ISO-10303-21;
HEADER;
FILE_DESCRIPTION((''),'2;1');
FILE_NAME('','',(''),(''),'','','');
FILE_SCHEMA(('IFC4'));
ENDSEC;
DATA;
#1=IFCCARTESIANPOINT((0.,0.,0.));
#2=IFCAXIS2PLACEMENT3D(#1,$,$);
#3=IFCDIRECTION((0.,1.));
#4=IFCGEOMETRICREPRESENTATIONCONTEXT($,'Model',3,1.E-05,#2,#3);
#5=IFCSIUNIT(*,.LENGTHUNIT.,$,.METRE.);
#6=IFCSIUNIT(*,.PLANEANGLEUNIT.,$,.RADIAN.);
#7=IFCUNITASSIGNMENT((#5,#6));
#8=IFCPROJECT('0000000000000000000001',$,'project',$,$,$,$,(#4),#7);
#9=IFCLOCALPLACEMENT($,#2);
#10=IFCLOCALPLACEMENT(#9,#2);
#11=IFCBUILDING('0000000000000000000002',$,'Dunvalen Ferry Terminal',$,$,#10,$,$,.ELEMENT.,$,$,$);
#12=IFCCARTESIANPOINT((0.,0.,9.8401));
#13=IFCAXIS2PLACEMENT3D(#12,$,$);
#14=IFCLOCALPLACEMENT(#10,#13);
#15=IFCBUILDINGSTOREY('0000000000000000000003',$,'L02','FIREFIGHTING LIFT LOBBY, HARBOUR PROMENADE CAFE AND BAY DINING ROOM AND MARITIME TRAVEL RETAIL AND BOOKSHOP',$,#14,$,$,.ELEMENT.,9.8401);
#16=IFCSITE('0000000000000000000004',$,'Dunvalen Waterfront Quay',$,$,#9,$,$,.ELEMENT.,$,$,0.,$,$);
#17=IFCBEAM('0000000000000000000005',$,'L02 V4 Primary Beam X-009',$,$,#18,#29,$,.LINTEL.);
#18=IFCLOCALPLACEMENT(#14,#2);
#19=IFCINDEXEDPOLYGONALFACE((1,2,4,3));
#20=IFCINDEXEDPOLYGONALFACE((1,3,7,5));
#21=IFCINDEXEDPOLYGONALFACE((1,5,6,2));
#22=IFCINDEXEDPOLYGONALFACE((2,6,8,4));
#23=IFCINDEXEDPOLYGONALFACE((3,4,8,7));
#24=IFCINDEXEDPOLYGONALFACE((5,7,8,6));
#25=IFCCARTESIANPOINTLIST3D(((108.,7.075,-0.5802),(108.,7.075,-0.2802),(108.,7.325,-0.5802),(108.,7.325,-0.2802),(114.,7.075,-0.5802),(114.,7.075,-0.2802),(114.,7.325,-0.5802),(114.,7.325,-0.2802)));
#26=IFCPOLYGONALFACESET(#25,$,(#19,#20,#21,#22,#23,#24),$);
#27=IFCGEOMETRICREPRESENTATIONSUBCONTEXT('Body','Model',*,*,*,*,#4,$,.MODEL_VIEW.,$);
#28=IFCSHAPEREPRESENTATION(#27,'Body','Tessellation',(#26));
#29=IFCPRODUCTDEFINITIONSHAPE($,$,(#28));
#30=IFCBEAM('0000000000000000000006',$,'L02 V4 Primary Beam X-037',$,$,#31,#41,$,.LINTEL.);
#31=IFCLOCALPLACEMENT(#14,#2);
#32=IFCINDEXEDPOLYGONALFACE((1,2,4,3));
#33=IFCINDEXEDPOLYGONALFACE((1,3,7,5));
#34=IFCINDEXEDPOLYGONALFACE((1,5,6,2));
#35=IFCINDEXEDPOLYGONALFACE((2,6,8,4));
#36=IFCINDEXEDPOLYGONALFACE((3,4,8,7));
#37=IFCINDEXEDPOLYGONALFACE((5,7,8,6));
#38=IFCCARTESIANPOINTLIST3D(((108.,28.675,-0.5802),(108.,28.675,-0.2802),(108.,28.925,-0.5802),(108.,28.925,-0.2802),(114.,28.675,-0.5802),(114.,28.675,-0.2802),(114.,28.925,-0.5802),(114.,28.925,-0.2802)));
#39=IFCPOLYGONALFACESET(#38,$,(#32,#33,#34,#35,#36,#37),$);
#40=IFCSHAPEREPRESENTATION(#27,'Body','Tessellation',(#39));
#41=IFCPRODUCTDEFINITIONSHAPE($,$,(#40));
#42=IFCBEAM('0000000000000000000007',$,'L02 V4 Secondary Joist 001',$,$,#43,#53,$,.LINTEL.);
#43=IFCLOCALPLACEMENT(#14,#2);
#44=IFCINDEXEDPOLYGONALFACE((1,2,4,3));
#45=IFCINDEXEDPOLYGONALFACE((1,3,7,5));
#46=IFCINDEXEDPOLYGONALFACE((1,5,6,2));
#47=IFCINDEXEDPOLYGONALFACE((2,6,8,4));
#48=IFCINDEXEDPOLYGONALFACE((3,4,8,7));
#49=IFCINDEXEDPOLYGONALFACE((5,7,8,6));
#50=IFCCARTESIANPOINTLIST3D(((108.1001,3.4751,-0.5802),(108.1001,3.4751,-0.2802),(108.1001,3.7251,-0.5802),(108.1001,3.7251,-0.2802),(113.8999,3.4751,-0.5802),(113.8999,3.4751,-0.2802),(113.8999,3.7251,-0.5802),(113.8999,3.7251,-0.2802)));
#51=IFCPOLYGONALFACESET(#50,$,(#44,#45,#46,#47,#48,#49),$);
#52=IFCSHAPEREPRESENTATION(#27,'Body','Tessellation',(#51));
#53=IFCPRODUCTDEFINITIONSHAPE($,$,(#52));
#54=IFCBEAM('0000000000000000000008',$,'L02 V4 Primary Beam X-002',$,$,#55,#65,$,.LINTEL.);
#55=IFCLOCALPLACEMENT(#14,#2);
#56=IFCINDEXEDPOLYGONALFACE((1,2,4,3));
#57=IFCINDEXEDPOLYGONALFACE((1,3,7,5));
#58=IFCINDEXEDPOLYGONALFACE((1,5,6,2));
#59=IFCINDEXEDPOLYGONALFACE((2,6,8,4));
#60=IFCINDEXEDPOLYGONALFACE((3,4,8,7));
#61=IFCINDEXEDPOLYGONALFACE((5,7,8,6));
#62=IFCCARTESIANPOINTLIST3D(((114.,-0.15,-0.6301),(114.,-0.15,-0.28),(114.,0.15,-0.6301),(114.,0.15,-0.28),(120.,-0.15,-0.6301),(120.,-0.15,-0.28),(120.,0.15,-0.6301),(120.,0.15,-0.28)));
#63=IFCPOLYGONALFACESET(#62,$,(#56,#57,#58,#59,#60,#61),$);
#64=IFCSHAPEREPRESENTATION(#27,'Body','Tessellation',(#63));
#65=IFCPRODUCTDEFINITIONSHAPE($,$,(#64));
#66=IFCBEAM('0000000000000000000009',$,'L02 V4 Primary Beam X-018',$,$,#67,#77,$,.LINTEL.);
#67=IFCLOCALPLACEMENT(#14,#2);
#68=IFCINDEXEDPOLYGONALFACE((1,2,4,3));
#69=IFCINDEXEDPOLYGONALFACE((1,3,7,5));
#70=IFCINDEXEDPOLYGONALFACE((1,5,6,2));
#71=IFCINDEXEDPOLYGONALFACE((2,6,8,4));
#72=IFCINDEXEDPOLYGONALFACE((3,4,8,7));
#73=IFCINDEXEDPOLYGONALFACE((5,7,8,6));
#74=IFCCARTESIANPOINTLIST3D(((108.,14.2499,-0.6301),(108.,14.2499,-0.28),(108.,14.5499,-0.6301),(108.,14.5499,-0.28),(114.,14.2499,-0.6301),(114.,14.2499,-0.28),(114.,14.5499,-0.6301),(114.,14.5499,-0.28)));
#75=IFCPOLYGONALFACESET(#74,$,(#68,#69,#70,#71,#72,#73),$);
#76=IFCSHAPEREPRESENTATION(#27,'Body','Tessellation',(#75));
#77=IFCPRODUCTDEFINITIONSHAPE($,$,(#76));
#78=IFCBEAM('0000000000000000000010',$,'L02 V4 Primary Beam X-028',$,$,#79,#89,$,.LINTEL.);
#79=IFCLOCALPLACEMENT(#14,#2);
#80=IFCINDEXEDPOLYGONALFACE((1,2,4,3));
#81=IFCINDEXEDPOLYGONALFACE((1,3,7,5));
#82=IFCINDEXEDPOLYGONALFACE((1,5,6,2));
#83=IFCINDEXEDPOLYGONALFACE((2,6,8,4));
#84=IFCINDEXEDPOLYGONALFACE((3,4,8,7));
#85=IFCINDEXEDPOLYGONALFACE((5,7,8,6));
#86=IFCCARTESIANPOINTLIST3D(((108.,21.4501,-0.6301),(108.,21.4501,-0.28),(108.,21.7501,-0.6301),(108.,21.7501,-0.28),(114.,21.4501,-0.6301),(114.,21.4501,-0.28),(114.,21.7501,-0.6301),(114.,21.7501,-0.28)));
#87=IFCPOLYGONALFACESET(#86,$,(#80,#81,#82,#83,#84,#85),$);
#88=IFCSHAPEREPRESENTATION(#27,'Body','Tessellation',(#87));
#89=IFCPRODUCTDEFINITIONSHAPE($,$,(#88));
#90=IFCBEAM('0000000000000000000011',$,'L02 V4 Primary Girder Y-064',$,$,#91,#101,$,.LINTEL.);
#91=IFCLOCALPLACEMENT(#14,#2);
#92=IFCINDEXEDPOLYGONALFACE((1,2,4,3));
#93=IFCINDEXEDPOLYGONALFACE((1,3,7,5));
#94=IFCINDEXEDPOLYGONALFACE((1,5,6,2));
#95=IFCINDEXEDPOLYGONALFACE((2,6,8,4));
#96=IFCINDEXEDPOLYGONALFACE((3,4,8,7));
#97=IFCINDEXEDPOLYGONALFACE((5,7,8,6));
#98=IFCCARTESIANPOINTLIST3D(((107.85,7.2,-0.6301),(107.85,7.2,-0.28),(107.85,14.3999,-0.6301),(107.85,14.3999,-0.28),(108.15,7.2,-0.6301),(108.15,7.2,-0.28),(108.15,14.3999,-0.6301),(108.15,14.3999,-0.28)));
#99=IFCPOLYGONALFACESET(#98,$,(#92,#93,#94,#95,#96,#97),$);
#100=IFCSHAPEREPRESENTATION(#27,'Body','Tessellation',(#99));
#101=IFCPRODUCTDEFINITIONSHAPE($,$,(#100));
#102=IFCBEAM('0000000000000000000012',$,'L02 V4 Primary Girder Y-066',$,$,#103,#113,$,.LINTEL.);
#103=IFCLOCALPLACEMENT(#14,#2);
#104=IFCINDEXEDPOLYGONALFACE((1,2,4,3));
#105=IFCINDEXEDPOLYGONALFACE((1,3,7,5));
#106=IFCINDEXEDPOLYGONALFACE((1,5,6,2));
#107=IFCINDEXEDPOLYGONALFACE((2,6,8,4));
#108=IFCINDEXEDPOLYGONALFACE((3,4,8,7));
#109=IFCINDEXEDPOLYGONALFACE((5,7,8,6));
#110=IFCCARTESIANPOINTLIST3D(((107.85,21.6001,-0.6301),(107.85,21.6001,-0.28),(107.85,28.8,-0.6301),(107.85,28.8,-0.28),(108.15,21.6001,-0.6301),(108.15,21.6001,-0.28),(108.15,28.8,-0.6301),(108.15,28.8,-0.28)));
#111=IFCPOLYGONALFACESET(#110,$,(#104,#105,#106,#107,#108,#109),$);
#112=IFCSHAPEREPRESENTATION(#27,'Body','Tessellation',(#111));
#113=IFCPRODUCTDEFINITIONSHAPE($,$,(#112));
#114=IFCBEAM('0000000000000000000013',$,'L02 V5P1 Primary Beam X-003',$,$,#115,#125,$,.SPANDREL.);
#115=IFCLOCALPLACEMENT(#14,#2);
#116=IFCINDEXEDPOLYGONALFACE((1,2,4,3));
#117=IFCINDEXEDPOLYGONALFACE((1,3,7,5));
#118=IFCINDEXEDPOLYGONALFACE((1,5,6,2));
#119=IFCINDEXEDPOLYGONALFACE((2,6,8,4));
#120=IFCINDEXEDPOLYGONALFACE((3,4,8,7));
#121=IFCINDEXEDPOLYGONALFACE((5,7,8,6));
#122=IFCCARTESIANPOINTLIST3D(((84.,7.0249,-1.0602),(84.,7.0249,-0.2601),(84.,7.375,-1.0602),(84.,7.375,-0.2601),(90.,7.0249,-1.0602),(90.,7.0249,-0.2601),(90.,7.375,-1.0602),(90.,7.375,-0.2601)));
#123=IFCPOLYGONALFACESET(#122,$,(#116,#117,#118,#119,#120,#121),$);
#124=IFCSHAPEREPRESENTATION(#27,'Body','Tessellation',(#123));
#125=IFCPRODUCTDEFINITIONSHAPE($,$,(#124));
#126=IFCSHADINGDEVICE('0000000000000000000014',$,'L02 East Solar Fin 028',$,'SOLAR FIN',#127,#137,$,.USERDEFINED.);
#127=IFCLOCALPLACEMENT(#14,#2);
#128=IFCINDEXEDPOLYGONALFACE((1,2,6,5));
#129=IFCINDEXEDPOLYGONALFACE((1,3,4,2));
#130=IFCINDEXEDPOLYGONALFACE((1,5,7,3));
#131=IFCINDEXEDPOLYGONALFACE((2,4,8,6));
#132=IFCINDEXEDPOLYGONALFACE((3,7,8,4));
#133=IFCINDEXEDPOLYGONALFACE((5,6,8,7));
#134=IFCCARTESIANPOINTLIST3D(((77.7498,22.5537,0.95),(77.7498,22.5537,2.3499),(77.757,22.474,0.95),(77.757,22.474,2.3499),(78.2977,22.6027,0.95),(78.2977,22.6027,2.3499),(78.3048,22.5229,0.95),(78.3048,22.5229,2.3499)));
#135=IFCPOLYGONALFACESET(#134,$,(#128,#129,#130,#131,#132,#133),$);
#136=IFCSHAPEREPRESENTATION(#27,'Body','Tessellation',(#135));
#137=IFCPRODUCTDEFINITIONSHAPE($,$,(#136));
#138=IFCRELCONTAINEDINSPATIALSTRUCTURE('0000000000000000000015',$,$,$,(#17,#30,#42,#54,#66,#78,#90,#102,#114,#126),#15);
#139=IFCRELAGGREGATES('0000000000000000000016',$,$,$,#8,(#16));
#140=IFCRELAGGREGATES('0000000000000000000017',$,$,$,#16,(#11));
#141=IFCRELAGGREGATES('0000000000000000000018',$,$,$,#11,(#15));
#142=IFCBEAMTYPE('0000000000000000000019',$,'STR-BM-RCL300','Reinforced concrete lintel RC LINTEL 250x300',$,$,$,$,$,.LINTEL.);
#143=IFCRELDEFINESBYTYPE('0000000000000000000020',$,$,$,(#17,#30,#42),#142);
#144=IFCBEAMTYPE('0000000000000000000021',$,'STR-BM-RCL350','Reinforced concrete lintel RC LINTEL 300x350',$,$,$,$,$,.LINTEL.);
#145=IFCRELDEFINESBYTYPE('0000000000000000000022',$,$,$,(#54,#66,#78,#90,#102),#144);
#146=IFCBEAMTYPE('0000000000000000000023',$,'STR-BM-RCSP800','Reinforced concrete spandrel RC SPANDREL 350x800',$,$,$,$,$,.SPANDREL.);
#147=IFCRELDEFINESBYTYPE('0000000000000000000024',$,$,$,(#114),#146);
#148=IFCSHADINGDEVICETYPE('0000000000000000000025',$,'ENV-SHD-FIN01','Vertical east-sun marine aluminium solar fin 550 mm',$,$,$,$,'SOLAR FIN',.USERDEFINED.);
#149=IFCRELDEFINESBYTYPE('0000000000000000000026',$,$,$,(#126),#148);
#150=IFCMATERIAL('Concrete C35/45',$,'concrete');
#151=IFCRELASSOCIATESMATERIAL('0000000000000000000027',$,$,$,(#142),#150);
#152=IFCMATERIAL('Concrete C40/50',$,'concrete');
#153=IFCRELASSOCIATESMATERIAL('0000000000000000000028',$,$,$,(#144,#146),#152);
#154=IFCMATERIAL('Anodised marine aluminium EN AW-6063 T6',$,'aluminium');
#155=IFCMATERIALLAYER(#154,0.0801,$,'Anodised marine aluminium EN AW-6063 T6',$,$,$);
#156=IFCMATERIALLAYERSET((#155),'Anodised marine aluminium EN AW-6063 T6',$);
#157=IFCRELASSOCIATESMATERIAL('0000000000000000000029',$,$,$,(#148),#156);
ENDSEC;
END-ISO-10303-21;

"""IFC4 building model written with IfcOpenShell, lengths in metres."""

from ifc_helpers import new_model, si_unit, direction, frame, origin, origin_2d, place, context, subcontext, project, spatial, rectangle, extrude, material, layer, layer_set, material_profile, profile_set, type_object, element, save


model = new_model("IFC4")

# Units and contexts
model_context = context("Model", 3, precision=1e-05, world=origin(), true_north=direction((0.0, 1.0)))
body_context = subcontext(model_context, "Body", "Model", "MODEL_VIEW")
ifc_project = project(units=[si_unit("LENGTHUNIT", "METRE"), si_unit("PLANEANGLEUNIT", "RADIAN")], contexts=[model_context])

# Site, building, storey
site_placement = place(None, origin())
site = spatial("IfcSite", under=ifc_project, at=site_placement, Name="Dunvalen Waterfront Quay", CompositionType="ELEMENT", RefElevation=0.0)
building_placement = place(site_placement, origin())
building = spatial("IfcBuilding", under=site, at=building_placement, Name="Dunvalen Ferry Terminal", CompositionType="ELEMENT")
storey_placement = place(building_placement, frame((0.0, 0.0, 9.8401)))
storey = spatial("IfcBuildingStorey", under=building, at=storey_placement, Name="L02", Description="FIREFIGHTING LIFT LOBBY, HARBOUR PROMENADE CAFE AND BAY DINING ROOM AND MARITIME TRAVEL RETAIL AND BOOKSHOP", CompositionType="ELEMENT", Elevation=9.8401)

# Beams
ifc_material_1 = material(Name="Concrete C35/45", Category="concrete")
ifc_material_2 = material(Name="Concrete C40/50", Category="concrete")
ifc_material_profile_1 = material_profile(ifc_material_1, rectangle(XDim=0.25, YDim=0.3, at=origin_2d()), Name="Concrete C35/45")
ifc_profile_set_1 = profile_set([ifc_material_profile_1], Name="Concrete C35/45")
beam_type_1 = type_object("IfcBeamType", Name="STR-BM-RCL300", Description="Reinforced concrete lintel RC LINTEL 250x300", PredefinedType="LINTEL", material=ifc_profile_set_1)
for number, where, z_axis, x_axis, name in (
    (1, (108.0, 7.2, -0.4302), (1.0, 0.0, 0.0), (0.0, 1.0, 0.0), "L02 V4 Primary Beam X-009"),
    (2, (108.0, 28.8, -0.4302), (1.0, 0.0, 0.0), (0.0, 1.0, 0.0), "L02 V4 Primary Beam X-037"),
):
    element("IfcBeam", number, at=place(storey_placement, frame(where, z_axis=z_axis, x_axis=x_axis)), inside=storey, type_object=beam_type_1, Name=name, PredefinedType="LINTEL", context=body_context, shape_type="SweptSolid", body=[
        extrude(rectangle(XDim=0.25, YDim=0.3, at=origin_2d()), origin(), (0.0, 0.0, 1.0), 6.0),
    ])
beam_1_placement = place(storey_placement, frame((108.1001, 3.6001, -0.4302), z_axis=(1.0, 0.0, 0.0), x_axis=(0.0, 1.0, 0.0)))
element("IfcBeam", 3, at=beam_1_placement, inside=storey, type_object=beam_type_1, Name="L02 V4 Secondary Joist 001", PredefinedType="LINTEL", context=body_context, shape_type="SweptSolid", body=[
    extrude(rectangle(XDim=0.25, YDim=0.3, at=origin_2d()), origin(), (0.0, 0.0, 1.0), 5.7998),
])
ifc_material_profile_2 = material_profile(ifc_material_2, rectangle(XDim=0.3, YDim=0.3501, at=origin_2d()), Name="Concrete C40/50")
ifc_profile_set_2 = profile_set([ifc_material_profile_2], Name="Concrete C40/50")
beam_type_2 = type_object("IfcBeamType", Name="STR-BM-RCL350", Description="Reinforced concrete lintel RC LINTEL 300x350", PredefinedType="LINTEL", material=ifc_profile_set_2)
for number, where, z_axis, x_axis, name in (
    (4, (114.0, 0.0, -0.4551), (1.0, 0.0, 0.0), (0.0, 1.0, 0.0), "L02 V4 Primary Beam X-002"),
    (5, (108.0, 14.3999, -0.4551), (1.0, 0.0, 0.0), (0.0, 1.0, 0.0), "L02 V4 Primary Beam X-018"),
    (6, (108.0, 21.6001, -0.4551), (1.0, 0.0, 0.0), (0.0, 1.0, 0.0), "L02 V4 Primary Beam X-028"),
):
    element("IfcBeam", number, at=place(storey_placement, frame(where, z_axis=z_axis, x_axis=x_axis)), inside=storey, type_object=beam_type_2, Name=name, PredefinedType="LINTEL", context=body_context, shape_type="SweptSolid", body=[
        extrude(rectangle(XDim=0.3, YDim=0.3501, at=origin_2d()), origin(), (0.0, 0.0, 1.0), 6.0),
    ])
for number, where, z_axis, x_axis, name in (
    (7, (108.0, 7.2, -0.4551), (0.0, 1.0, 0.0), (-1.0, 0.0, 0.0), "L02 V4 Primary Girder Y-064"),
    (8, (108.0, 21.6001, -0.4551), (0.0, 1.0, 0.0), (-1.0, 0.0, 0.0), "L02 V4 Primary Girder Y-066"),
):
    element("IfcBeam", number, at=place(storey_placement, frame(where, z_axis=z_axis, x_axis=x_axis)), inside=storey, type_object=beam_type_2, Name=name, PredefinedType="LINTEL", context=body_context, shape_type="SweptSolid", body=[
        extrude(rectangle(XDim=0.3, YDim=0.3501, at=origin_2d()), origin(), (0.0, 0.0, 1.0), 7.2),
    ])
ifc_material_profile_3 = material_profile(ifc_material_2, rectangle(XDim=0.3501, YDim=0.8, at=origin_2d()), Name="Concrete C40/50")
ifc_profile_set_3 = profile_set([ifc_material_profile_3], Name="Concrete C40/50")
beam_type_3 = type_object("IfcBeamType", Name="STR-BM-RCSP800", Description="Reinforced concrete spandrel RC SPANDREL 350x800", PredefinedType="SPANDREL", material=ifc_profile_set_3)
beam_2_placement = place(storey_placement, frame((84.0, 7.2, -0.6602), z_axis=(1.0, 0.0, 0.0), x_axis=(0.0, 1.0, 0.0)))
element("IfcBeam", 9, at=beam_2_placement, inside=storey, type_object=beam_type_3, Name="L02 V5P1 Primary Beam X-003", PredefinedType="SPANDREL", context=body_context, shape_type="SweptSolid", body=[
    extrude(rectangle(XDim=0.3501, YDim=0.8, at=origin_2d()), origin(), (0.0, 0.0, 1.0), 6.0),
])

# Shading device
ifc_material_3 = material(Name="Anodised marine aluminium EN AW-6063 T6", Category="aluminium")
ifc_layer = layer(ifc_material_3, 0.0801, Name="Anodised marine aluminium EN AW-6063 T6")
ifc_layer_set = layer_set([ifc_layer], Name="Anodised marine aluminium EN AW-6063 T6")
shading_device_type = type_object("IfcShadingDeviceType", Name="ENV-SHD-FIN01", Description="Vertical east-sun marine aluminium solar fin 550 mm", ElementType="SOLAR FIN", PredefinedType="USERDEFINED", material=ifc_layer_set)
shading_device_placement = place(storey_placement, frame((78.0273, 22.5383, 0.95), z_axis=(0.0, 0.0, 1.0), x_axis=(-0.088957, 0.996035, 0.0)))
element("IfcShadingDevice", 10, at=shading_device_placement, inside=storey, type_object=shading_device_type, Name="L02 East Solar Fin 028", ObjectType="SOLAR FIN", PredefinedType="USERDEFINED", context=body_context, shape_type="SweptSolid", body=[
    extrude(rectangle(XDim=0.0801, YDim=0.55, at=origin_2d()), origin(), (0.0, 0.0, 1.0), 1.3999),
])

save(model, "model.ifc")
